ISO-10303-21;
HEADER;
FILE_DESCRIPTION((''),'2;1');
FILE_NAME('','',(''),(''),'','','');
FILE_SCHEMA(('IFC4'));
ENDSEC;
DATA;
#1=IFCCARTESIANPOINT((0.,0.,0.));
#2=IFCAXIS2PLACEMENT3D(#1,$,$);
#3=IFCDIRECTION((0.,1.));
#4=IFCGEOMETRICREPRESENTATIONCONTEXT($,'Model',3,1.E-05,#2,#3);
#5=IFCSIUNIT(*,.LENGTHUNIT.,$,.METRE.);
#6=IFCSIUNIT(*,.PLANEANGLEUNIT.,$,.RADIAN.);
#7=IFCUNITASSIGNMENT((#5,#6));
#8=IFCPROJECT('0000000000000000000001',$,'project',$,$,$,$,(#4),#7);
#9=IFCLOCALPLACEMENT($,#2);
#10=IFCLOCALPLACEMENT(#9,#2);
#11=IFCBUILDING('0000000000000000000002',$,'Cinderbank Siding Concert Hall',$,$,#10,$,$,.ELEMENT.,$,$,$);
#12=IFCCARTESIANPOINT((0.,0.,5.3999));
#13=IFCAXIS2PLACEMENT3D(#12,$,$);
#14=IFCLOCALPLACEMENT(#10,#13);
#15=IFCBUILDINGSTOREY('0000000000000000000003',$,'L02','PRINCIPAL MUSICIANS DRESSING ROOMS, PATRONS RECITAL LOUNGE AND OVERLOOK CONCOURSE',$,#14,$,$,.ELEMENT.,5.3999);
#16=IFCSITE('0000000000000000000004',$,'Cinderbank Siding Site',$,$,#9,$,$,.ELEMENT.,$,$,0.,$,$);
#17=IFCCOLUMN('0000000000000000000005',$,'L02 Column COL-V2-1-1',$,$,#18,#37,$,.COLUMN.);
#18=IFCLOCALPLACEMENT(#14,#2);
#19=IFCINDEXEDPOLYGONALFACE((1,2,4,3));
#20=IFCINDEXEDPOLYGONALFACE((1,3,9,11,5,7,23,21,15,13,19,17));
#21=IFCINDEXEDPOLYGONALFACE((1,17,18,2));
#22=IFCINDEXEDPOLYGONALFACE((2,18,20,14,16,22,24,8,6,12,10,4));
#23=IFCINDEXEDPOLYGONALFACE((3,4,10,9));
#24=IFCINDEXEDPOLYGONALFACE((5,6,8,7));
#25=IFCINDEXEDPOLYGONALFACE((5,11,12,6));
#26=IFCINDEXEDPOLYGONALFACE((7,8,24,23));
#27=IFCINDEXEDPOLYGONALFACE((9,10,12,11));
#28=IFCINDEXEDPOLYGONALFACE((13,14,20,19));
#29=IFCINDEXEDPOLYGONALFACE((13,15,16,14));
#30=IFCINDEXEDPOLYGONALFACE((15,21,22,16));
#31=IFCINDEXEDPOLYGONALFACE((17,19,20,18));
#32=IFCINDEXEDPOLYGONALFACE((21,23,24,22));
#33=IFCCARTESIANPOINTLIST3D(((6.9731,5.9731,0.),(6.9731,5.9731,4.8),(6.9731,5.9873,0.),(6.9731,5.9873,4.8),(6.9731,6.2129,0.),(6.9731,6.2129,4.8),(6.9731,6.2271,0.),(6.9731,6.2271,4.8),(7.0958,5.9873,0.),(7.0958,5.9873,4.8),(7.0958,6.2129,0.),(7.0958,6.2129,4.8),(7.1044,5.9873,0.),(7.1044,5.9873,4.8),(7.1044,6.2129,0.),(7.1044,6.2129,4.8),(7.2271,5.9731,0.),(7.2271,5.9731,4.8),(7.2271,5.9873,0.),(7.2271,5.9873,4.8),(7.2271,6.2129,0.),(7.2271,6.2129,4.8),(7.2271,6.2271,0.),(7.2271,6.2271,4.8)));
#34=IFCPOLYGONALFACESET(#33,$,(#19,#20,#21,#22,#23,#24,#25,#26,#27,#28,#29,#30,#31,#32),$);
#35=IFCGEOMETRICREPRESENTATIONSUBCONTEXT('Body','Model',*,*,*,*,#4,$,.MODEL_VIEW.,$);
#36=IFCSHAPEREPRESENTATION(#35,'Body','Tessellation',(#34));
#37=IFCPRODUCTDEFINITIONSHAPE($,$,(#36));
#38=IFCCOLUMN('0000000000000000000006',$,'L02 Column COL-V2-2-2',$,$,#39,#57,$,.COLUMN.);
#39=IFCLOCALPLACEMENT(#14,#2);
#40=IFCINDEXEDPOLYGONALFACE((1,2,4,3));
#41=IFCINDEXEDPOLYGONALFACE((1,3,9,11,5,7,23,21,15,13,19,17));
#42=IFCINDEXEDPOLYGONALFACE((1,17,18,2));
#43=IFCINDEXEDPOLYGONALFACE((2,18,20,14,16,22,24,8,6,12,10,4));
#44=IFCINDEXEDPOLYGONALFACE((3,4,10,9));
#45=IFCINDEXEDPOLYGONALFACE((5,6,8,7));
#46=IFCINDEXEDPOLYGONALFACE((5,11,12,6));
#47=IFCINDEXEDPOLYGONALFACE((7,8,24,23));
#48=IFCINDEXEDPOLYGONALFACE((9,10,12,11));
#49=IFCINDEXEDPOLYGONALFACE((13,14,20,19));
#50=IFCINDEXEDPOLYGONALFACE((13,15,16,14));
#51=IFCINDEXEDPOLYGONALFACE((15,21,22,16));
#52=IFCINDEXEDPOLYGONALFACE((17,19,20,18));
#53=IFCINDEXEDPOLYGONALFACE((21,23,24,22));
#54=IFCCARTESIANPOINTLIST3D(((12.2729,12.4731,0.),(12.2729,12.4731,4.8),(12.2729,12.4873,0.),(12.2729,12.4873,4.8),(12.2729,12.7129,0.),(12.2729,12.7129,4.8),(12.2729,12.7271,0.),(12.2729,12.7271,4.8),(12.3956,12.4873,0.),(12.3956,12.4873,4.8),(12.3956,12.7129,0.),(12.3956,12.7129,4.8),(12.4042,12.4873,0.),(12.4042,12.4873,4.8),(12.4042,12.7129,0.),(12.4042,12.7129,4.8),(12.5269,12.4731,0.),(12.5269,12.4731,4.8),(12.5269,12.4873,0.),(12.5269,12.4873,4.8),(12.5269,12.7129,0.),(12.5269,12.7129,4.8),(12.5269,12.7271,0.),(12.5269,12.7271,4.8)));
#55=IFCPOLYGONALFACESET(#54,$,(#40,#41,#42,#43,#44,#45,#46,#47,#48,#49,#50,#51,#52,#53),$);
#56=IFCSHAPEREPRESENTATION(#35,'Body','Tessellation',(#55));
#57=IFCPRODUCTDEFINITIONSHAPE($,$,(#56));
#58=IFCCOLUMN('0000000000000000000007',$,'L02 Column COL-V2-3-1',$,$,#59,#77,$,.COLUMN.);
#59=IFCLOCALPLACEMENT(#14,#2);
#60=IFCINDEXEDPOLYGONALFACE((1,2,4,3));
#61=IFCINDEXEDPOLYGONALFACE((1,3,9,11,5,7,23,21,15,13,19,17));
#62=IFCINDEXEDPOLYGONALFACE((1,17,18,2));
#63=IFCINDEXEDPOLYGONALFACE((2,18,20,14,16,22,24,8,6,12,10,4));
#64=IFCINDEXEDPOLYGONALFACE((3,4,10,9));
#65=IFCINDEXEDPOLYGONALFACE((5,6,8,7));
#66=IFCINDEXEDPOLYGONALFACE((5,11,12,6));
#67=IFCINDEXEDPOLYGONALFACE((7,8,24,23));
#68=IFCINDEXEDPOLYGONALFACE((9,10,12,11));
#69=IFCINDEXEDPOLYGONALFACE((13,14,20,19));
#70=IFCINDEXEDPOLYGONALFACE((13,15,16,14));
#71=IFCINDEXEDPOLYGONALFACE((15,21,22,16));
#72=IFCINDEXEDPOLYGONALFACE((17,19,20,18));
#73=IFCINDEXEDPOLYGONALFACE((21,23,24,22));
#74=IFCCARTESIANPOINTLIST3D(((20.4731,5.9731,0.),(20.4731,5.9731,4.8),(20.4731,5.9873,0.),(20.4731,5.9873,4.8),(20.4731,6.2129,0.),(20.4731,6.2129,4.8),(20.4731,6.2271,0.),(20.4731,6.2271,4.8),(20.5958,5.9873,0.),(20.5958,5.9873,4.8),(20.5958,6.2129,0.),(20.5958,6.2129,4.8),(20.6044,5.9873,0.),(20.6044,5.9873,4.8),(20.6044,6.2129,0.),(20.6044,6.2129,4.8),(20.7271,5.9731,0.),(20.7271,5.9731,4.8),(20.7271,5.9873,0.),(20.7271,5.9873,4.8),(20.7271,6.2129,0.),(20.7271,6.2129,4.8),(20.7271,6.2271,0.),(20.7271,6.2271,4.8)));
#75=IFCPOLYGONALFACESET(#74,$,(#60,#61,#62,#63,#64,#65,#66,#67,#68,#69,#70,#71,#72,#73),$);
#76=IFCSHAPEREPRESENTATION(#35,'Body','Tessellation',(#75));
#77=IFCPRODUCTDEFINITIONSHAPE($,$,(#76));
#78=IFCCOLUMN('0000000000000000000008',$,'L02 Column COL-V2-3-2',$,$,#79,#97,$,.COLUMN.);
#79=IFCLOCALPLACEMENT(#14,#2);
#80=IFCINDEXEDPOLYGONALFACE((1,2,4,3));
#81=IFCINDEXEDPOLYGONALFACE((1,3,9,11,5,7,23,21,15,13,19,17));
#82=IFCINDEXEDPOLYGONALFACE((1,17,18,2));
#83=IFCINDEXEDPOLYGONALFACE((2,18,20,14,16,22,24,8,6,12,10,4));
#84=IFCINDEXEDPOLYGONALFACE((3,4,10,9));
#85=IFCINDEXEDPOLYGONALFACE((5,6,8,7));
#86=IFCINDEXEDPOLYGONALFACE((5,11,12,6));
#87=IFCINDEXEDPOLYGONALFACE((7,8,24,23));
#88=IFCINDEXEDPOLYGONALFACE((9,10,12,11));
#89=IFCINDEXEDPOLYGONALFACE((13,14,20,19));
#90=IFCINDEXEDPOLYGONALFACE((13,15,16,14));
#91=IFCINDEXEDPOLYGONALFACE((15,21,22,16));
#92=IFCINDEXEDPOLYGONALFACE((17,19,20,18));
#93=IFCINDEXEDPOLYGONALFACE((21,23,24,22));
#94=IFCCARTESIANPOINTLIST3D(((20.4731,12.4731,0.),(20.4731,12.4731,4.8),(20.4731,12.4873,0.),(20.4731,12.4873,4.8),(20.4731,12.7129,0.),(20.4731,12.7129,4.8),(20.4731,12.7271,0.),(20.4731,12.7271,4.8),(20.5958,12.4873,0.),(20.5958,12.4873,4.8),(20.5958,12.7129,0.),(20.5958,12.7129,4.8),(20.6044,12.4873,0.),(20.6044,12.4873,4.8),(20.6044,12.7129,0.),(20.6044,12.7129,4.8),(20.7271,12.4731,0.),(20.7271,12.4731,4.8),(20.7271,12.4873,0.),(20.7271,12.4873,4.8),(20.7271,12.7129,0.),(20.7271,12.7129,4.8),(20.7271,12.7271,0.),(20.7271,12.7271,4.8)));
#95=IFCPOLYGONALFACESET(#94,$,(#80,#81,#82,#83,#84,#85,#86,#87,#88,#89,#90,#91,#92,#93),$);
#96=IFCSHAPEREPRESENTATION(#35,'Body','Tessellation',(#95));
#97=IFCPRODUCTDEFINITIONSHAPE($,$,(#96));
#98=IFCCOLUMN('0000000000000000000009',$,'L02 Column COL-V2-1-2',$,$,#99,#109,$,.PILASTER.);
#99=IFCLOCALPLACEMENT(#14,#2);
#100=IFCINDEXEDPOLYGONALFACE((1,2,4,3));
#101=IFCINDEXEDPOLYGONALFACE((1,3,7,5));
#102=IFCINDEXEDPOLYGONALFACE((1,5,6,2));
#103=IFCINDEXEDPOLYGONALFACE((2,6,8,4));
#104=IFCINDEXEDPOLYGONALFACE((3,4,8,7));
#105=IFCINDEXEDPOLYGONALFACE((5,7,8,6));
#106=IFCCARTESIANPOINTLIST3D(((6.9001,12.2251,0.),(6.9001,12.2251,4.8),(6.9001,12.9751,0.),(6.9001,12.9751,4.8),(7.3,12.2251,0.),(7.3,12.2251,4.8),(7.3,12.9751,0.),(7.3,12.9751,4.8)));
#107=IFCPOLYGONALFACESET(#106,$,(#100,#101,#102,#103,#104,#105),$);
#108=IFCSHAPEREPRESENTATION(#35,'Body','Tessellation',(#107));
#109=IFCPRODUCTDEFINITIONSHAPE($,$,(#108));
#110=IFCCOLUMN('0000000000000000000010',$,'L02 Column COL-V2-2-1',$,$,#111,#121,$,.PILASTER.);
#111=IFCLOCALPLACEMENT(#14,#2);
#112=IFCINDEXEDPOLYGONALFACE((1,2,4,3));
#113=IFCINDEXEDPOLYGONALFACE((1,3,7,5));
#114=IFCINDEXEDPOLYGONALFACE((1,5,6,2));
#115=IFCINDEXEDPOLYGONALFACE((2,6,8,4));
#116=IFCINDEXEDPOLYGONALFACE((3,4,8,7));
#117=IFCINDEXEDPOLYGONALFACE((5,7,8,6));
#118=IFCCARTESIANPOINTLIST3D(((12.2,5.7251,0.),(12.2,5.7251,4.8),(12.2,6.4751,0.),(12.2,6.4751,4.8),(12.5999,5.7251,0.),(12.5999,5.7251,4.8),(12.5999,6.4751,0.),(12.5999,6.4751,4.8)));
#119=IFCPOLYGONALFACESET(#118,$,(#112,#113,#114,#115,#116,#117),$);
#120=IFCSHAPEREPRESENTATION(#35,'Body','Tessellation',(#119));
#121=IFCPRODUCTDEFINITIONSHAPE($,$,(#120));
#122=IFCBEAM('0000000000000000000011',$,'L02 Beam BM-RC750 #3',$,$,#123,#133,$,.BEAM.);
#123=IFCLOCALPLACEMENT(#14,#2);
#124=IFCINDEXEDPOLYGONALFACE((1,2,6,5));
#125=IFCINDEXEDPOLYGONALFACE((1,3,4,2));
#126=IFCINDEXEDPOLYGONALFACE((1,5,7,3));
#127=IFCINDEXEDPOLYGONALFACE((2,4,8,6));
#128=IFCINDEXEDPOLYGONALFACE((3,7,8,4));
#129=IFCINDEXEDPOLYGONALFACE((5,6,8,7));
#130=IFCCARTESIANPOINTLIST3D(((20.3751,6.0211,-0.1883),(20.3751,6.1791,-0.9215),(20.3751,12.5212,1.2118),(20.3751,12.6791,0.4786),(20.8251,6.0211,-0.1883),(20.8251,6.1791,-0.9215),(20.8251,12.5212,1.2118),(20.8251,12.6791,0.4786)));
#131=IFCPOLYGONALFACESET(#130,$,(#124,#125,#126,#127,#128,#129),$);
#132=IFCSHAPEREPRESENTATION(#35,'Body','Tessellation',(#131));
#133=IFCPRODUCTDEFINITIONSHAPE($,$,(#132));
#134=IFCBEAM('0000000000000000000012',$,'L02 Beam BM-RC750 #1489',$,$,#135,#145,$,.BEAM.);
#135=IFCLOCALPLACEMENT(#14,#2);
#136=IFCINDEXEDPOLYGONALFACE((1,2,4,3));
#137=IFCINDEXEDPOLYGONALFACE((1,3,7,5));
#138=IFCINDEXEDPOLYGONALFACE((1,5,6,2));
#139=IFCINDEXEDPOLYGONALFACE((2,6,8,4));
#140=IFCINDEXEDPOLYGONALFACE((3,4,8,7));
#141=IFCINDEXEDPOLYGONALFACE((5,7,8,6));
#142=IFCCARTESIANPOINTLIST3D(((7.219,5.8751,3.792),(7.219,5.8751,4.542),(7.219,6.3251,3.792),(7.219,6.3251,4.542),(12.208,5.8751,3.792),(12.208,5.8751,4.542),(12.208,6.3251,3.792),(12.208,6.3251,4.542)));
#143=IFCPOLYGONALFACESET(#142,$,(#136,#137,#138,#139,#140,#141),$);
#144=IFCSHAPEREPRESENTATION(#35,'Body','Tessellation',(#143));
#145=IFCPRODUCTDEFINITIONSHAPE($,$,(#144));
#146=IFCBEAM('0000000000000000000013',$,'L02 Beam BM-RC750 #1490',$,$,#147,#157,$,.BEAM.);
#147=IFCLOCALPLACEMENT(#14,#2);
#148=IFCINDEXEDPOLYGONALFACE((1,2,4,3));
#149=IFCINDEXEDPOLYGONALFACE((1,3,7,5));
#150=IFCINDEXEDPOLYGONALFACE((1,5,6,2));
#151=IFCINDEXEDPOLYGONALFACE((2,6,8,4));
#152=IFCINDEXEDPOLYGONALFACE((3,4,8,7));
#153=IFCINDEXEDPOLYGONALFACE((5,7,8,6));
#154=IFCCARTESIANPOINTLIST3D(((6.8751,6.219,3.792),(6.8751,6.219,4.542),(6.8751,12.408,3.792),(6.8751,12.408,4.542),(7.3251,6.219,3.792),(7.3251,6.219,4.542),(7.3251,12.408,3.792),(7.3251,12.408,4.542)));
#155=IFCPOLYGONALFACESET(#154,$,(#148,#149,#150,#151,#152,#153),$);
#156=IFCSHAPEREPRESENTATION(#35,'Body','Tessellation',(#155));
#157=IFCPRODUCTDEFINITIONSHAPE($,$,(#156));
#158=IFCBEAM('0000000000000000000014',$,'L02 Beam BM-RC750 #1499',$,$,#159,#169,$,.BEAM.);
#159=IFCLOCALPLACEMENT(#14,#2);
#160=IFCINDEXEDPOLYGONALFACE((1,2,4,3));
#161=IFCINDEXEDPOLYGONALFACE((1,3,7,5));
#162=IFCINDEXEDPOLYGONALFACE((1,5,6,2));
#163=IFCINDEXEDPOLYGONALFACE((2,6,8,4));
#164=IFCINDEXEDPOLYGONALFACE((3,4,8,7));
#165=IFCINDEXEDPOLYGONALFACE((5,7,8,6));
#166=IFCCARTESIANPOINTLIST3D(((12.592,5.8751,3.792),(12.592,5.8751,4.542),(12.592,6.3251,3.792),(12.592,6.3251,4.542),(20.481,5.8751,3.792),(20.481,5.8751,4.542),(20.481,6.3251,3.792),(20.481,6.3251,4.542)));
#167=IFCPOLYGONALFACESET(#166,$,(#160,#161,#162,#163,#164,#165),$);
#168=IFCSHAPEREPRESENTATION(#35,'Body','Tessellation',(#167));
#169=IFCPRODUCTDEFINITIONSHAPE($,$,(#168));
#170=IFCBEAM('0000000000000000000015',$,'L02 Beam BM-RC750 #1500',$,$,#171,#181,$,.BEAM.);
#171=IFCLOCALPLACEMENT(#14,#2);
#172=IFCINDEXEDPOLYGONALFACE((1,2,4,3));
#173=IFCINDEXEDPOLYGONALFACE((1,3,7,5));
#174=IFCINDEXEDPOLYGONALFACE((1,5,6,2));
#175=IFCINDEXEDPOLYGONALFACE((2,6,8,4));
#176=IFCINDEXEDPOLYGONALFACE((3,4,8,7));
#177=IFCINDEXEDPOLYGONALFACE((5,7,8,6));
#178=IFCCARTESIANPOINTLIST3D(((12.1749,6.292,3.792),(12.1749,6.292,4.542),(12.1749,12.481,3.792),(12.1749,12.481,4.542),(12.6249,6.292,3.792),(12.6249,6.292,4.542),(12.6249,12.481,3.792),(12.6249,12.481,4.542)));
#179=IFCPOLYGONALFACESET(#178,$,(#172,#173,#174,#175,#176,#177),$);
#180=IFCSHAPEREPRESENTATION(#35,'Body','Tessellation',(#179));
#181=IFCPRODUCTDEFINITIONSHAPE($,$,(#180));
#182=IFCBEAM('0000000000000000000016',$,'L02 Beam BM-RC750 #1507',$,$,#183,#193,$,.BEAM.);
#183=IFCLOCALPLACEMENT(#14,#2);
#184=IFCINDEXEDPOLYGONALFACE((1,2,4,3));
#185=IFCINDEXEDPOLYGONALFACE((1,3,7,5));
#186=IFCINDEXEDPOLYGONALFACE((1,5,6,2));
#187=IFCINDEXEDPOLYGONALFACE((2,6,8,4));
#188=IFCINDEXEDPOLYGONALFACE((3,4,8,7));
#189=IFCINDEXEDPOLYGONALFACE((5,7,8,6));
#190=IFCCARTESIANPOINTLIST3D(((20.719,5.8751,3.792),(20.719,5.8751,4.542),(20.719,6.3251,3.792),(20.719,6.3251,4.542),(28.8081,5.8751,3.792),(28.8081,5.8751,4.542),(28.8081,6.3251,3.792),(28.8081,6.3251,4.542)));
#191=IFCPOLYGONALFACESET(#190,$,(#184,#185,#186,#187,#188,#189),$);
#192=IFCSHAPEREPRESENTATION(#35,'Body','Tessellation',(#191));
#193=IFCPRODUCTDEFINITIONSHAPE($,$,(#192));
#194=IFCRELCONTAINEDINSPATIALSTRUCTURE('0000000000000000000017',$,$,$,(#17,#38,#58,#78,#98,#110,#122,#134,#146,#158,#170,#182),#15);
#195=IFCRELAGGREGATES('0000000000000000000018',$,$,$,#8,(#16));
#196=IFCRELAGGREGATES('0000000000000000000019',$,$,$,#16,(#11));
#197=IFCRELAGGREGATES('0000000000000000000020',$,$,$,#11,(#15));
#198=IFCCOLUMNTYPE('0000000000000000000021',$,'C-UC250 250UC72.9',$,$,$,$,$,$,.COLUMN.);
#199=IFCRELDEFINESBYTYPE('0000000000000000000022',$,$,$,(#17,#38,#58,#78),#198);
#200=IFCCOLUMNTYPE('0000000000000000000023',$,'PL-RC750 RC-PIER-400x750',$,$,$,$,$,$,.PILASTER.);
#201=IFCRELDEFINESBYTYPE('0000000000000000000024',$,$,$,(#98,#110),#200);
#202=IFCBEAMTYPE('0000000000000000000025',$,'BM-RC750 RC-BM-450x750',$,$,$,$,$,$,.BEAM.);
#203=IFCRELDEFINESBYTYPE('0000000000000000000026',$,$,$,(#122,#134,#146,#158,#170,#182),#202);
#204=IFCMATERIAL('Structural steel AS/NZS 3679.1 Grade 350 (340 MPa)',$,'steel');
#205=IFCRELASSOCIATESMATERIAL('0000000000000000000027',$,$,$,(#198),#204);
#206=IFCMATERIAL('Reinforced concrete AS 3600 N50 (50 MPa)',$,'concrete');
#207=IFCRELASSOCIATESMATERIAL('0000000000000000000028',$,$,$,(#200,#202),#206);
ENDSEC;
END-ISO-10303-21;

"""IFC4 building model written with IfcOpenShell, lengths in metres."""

from ifc_helpers import new_model, si_unit, direction, frame, origin, origin_2d, place, context, subcontext, project, spatial, rectangle, i_section, extrude, material, material_profile, profile_set, type_object, element, save


model = new_model("IFC4")

# Units and contexts
model_context = context("Model", 3, precision=1e-05, world=origin(), true_north=direction((0.0, 1.0)))
body_context = subcontext(model_context, "Body", "Model", "MODEL_VIEW")
ifc_project = project(units=[si_unit("LENGTHUNIT", "METRE"), si_unit("PLANEANGLEUNIT", "RADIAN")], contexts=[model_context])

# Site, building, storey
site_placement = place(None, origin())
site = spatial("IfcSite", under=ifc_project, at=site_placement, Name="Cinderbank Siding Site", CompositionType="ELEMENT", RefElevation=0.0)
building_placement = place(site_placement, origin())
building = spatial("IfcBuilding", under=site, at=building_placement, Name="Cinderbank Siding Concert Hall", CompositionType="ELEMENT")
storey_placement = place(building_placement, frame((0.0, 0.0, 5.3999)))
storey = spatial("IfcBuildingStorey", under=building, at=storey_placement, Name="L02", Description="PRINCIPAL MUSICIANS DRESSING ROOMS, PATRONS RECITAL LOUNGE AND OVERLOOK CONCOURSE", CompositionType="ELEMENT", Elevation=5.3999)

# Columns
ifc_material_1 = material(Name="Structural steel AS/NZS 3679.1 Grade 350 (340 MPa)", Category="steel")
ifc_material_profile_1 = material_profile(ifc_material_1, i_section(OverallWidth=0.2539, OverallDepth=0.2539, WebThickness=0.0085, FlangeThickness=0.0142, at=origin_2d()), Name="250UC72.9", Category="LoadBearing")
ifc_profile_set_1 = profile_set([ifc_material_profile_1], Name="Structural steel AS/NZS 3679.1 Grade 350 (340 MPa)")
column_type_1 = type_object("IfcColumnType", Name="C-UC250 250UC72.9", PredefinedType="COLUMN", material=ifc_profile_set_1)
for number, where, z_axis, x_axis, name in (
    (1, (7.1001, 6.1001, 0.0), (0.0, 0.0, 1.0), (1.0, 0.0, 0.0), "L02 Column COL-V2-1-1"),
    (2, (12.3999, 12.6001, 0.0), (0.0, 0.0, 1.0), (1.0, 0.0, 0.0), "L02 Column COL-V2-2-2"),
    (3, (20.6001, 6.1001, 0.0), (0.0, 0.0, 1.0), (1.0, 0.0, 0.0), "L02 Column COL-V2-3-1"),
    (4, (20.6001, 12.6001, 0.0), (0.0, 0.0, 1.0), (1.0, 0.0, 0.0), "L02 Column COL-V2-3-2"),
):
    element("IfcColumn", number, at=place(storey_placement, frame(where, z_axis=z_axis, x_axis=x_axis)), inside=storey, type_object=column_type_1, Name=name, PredefinedType="COLUMN", context=body_context, shape_type="SweptSolid", body=[
        extrude(i_section(OverallWidth=0.2539, OverallDepth=0.2539, WebThickness=0.0085, FlangeThickness=0.0142, at=origin_2d()), origin(), (0.0, 0.0, 1.0), 4.8),
    ])
ifc_material_2 = material(Name="Reinforced concrete AS 3600 N50 (50 MPa)", Category="concrete")
ifc_material_profile_2 = material_profile(ifc_material_2, rectangle(XDim=0.3999, YDim=0.75, at=origin_2d()), Name="RC-PIER-400x750", Category="LoadBearing")
ifc_profile_set_2 = profile_set([ifc_material_profile_2], Name="Reinforced concrete AS 3600 N50 (50 MPa)")
column_type_2 = type_object("IfcColumnType", Name="PL-RC750 RC-PIER-400x750", PredefinedType="PILASTER", material=ifc_profile_set_2)
for number, where, z_axis, x_axis, name in (
    (5, (7.1001, 12.6001, 0.0), (0.0, 0.0, 1.0), (1.0, 0.0, 0.0), "L02 Column COL-V2-1-2"),
    (6, (12.3999, 6.1001, 0.0), (0.0, 0.0, 1.0), (1.0, 0.0, 0.0), "L02 Column COL-V2-2-1"),
):
    element("IfcColumn", number, at=place(storey_placement, frame(where, z_axis=z_axis, x_axis=x_axis)), inside=storey, type_object=column_type_2, Name=name, PredefinedType="PILASTER", context=body_context, shape_type="SweptSolid", body=[
        extrude(rectangle(XDim=0.3999, YDim=0.75, at=origin_2d()), origin(), (0.0, 0.0, 1.0), 4.8),
    ])

# Beams
ifc_material_profile_3 = material_profile(ifc_material_2, rectangle(XDim=0.45, YDim=0.75, at=origin_2d()), Name="RC-BM-450x750", Category="LoadBearing")
ifc_profile_set_3 = profile_set([ifc_material_profile_3], Name="Reinforced concrete AS 3600 N50 (50 MPa)")
beam_type_1 = type_object("IfcBeamType", Name="BM-RC750 RC-BM-450x750", PredefinedType="BEAM", material=ifc_profile_set_3)
beam_1_placement = place(storey_placement, frame((20.6001, 6.1001, -0.5549), z_axis=(0.0, 0.977577, 0.210577), x_axis=(-1.0, 0.0, 0.0)))
element("IfcBeam", 7, at=beam_1_placement, inside=storey, type_object=beam_type_1, Name="L02 Beam BM-RC750 #3", PredefinedType="BEAM", context=body_context, shape_type="SweptSolid", body=[
    extrude(rectangle(XDim=0.45, YDim=0.75, at=origin_2d()), origin(), (0.0, 0.0, 1.0), 6.6492),
])
beam_2_placement = place(storey_placement, frame((7.219, 6.1001, 4.167), z_axis=(1.0, 0.0, 0.0), x_axis=(0.0, 1.0, 0.0)))
element("IfcBeam", 8, at=beam_2_placement, inside=storey, type_object=beam_type_1, Name="L02 Beam BM-RC750 #1489", PredefinedType="BEAM", context=body_context, shape_type="SweptSolid", body=[
    extrude(rectangle(XDim=0.45, YDim=0.75, at=origin_2d()), origin(), (0.0, 0.0, 1.0), 4.989),
])
beam_3_placement = place(storey_placement, frame((7.1001, 6.219, 4.167), z_axis=(0.0, 1.0, 0.0), x_axis=(-1.0, 0.0, 0.0)))
element("IfcBeam", 9, at=beam_3_placement, inside=storey, type_object=beam_type_1, Name="L02 Beam BM-RC750 #1490", PredefinedType="BEAM", context=body_context, shape_type="SweptSolid", body=[
    extrude(rectangle(XDim=0.45, YDim=0.75, at=origin_2d()), origin(), (0.0, 0.0, 1.0), 6.189),
])
beam_4_placement = place(storey_placement, frame((12.592, 6.1001, 4.167), z_axis=(1.0, 0.0, 0.0), x_axis=(0.0, 1.0, 0.0)))
element("IfcBeam", 10, at=beam_4_placement, inside=storey, type_object=beam_type_1, Name="L02 Beam BM-RC750 #1499", PredefinedType="BEAM", context=body_context, shape_type="SweptSolid", body=[
    extrude(rectangle(XDim=0.45, YDim=0.75, at=origin_2d()), origin(), (0.0, 0.0, 1.0), 7.8889),
])
beam_5_placement = place(storey_placement, frame((12.3999, 6.292, 4.167), z_axis=(0.0, 1.0, 0.0), x_axis=(-1.0, 0.0, 0.0)))
element("IfcBeam", 11, at=beam_5_placement, inside=storey, type_object=beam_type_1, Name="L02 Beam BM-RC750 #1500", PredefinedType="BEAM", context=body_context, shape_type="SweptSolid", body=[
    extrude(rectangle(XDim=0.45, YDim=0.75, at=origin_2d()), origin(), (0.0, 0.0, 1.0), 6.189),
])
beam_6_placement = place(storey_placement, frame((20.719, 6.1001, 4.167), z_axis=(1.0, 0.0, 0.0), x_axis=(0.0, 1.0, 0.0)))
element("IfcBeam", 12, at=beam_6_placement, inside=storey, type_object=beam_type_1, Name="L02 Beam BM-RC750 #1507", PredefinedType="BEAM", context=body_context, shape_type="SweptSolid", body=[
    extrude(rectangle(XDim=0.45, YDim=0.75, at=origin_2d()), origin(), (0.0, 0.0, 1.0), 8.0891),
])

save(model, "model.ifc")
